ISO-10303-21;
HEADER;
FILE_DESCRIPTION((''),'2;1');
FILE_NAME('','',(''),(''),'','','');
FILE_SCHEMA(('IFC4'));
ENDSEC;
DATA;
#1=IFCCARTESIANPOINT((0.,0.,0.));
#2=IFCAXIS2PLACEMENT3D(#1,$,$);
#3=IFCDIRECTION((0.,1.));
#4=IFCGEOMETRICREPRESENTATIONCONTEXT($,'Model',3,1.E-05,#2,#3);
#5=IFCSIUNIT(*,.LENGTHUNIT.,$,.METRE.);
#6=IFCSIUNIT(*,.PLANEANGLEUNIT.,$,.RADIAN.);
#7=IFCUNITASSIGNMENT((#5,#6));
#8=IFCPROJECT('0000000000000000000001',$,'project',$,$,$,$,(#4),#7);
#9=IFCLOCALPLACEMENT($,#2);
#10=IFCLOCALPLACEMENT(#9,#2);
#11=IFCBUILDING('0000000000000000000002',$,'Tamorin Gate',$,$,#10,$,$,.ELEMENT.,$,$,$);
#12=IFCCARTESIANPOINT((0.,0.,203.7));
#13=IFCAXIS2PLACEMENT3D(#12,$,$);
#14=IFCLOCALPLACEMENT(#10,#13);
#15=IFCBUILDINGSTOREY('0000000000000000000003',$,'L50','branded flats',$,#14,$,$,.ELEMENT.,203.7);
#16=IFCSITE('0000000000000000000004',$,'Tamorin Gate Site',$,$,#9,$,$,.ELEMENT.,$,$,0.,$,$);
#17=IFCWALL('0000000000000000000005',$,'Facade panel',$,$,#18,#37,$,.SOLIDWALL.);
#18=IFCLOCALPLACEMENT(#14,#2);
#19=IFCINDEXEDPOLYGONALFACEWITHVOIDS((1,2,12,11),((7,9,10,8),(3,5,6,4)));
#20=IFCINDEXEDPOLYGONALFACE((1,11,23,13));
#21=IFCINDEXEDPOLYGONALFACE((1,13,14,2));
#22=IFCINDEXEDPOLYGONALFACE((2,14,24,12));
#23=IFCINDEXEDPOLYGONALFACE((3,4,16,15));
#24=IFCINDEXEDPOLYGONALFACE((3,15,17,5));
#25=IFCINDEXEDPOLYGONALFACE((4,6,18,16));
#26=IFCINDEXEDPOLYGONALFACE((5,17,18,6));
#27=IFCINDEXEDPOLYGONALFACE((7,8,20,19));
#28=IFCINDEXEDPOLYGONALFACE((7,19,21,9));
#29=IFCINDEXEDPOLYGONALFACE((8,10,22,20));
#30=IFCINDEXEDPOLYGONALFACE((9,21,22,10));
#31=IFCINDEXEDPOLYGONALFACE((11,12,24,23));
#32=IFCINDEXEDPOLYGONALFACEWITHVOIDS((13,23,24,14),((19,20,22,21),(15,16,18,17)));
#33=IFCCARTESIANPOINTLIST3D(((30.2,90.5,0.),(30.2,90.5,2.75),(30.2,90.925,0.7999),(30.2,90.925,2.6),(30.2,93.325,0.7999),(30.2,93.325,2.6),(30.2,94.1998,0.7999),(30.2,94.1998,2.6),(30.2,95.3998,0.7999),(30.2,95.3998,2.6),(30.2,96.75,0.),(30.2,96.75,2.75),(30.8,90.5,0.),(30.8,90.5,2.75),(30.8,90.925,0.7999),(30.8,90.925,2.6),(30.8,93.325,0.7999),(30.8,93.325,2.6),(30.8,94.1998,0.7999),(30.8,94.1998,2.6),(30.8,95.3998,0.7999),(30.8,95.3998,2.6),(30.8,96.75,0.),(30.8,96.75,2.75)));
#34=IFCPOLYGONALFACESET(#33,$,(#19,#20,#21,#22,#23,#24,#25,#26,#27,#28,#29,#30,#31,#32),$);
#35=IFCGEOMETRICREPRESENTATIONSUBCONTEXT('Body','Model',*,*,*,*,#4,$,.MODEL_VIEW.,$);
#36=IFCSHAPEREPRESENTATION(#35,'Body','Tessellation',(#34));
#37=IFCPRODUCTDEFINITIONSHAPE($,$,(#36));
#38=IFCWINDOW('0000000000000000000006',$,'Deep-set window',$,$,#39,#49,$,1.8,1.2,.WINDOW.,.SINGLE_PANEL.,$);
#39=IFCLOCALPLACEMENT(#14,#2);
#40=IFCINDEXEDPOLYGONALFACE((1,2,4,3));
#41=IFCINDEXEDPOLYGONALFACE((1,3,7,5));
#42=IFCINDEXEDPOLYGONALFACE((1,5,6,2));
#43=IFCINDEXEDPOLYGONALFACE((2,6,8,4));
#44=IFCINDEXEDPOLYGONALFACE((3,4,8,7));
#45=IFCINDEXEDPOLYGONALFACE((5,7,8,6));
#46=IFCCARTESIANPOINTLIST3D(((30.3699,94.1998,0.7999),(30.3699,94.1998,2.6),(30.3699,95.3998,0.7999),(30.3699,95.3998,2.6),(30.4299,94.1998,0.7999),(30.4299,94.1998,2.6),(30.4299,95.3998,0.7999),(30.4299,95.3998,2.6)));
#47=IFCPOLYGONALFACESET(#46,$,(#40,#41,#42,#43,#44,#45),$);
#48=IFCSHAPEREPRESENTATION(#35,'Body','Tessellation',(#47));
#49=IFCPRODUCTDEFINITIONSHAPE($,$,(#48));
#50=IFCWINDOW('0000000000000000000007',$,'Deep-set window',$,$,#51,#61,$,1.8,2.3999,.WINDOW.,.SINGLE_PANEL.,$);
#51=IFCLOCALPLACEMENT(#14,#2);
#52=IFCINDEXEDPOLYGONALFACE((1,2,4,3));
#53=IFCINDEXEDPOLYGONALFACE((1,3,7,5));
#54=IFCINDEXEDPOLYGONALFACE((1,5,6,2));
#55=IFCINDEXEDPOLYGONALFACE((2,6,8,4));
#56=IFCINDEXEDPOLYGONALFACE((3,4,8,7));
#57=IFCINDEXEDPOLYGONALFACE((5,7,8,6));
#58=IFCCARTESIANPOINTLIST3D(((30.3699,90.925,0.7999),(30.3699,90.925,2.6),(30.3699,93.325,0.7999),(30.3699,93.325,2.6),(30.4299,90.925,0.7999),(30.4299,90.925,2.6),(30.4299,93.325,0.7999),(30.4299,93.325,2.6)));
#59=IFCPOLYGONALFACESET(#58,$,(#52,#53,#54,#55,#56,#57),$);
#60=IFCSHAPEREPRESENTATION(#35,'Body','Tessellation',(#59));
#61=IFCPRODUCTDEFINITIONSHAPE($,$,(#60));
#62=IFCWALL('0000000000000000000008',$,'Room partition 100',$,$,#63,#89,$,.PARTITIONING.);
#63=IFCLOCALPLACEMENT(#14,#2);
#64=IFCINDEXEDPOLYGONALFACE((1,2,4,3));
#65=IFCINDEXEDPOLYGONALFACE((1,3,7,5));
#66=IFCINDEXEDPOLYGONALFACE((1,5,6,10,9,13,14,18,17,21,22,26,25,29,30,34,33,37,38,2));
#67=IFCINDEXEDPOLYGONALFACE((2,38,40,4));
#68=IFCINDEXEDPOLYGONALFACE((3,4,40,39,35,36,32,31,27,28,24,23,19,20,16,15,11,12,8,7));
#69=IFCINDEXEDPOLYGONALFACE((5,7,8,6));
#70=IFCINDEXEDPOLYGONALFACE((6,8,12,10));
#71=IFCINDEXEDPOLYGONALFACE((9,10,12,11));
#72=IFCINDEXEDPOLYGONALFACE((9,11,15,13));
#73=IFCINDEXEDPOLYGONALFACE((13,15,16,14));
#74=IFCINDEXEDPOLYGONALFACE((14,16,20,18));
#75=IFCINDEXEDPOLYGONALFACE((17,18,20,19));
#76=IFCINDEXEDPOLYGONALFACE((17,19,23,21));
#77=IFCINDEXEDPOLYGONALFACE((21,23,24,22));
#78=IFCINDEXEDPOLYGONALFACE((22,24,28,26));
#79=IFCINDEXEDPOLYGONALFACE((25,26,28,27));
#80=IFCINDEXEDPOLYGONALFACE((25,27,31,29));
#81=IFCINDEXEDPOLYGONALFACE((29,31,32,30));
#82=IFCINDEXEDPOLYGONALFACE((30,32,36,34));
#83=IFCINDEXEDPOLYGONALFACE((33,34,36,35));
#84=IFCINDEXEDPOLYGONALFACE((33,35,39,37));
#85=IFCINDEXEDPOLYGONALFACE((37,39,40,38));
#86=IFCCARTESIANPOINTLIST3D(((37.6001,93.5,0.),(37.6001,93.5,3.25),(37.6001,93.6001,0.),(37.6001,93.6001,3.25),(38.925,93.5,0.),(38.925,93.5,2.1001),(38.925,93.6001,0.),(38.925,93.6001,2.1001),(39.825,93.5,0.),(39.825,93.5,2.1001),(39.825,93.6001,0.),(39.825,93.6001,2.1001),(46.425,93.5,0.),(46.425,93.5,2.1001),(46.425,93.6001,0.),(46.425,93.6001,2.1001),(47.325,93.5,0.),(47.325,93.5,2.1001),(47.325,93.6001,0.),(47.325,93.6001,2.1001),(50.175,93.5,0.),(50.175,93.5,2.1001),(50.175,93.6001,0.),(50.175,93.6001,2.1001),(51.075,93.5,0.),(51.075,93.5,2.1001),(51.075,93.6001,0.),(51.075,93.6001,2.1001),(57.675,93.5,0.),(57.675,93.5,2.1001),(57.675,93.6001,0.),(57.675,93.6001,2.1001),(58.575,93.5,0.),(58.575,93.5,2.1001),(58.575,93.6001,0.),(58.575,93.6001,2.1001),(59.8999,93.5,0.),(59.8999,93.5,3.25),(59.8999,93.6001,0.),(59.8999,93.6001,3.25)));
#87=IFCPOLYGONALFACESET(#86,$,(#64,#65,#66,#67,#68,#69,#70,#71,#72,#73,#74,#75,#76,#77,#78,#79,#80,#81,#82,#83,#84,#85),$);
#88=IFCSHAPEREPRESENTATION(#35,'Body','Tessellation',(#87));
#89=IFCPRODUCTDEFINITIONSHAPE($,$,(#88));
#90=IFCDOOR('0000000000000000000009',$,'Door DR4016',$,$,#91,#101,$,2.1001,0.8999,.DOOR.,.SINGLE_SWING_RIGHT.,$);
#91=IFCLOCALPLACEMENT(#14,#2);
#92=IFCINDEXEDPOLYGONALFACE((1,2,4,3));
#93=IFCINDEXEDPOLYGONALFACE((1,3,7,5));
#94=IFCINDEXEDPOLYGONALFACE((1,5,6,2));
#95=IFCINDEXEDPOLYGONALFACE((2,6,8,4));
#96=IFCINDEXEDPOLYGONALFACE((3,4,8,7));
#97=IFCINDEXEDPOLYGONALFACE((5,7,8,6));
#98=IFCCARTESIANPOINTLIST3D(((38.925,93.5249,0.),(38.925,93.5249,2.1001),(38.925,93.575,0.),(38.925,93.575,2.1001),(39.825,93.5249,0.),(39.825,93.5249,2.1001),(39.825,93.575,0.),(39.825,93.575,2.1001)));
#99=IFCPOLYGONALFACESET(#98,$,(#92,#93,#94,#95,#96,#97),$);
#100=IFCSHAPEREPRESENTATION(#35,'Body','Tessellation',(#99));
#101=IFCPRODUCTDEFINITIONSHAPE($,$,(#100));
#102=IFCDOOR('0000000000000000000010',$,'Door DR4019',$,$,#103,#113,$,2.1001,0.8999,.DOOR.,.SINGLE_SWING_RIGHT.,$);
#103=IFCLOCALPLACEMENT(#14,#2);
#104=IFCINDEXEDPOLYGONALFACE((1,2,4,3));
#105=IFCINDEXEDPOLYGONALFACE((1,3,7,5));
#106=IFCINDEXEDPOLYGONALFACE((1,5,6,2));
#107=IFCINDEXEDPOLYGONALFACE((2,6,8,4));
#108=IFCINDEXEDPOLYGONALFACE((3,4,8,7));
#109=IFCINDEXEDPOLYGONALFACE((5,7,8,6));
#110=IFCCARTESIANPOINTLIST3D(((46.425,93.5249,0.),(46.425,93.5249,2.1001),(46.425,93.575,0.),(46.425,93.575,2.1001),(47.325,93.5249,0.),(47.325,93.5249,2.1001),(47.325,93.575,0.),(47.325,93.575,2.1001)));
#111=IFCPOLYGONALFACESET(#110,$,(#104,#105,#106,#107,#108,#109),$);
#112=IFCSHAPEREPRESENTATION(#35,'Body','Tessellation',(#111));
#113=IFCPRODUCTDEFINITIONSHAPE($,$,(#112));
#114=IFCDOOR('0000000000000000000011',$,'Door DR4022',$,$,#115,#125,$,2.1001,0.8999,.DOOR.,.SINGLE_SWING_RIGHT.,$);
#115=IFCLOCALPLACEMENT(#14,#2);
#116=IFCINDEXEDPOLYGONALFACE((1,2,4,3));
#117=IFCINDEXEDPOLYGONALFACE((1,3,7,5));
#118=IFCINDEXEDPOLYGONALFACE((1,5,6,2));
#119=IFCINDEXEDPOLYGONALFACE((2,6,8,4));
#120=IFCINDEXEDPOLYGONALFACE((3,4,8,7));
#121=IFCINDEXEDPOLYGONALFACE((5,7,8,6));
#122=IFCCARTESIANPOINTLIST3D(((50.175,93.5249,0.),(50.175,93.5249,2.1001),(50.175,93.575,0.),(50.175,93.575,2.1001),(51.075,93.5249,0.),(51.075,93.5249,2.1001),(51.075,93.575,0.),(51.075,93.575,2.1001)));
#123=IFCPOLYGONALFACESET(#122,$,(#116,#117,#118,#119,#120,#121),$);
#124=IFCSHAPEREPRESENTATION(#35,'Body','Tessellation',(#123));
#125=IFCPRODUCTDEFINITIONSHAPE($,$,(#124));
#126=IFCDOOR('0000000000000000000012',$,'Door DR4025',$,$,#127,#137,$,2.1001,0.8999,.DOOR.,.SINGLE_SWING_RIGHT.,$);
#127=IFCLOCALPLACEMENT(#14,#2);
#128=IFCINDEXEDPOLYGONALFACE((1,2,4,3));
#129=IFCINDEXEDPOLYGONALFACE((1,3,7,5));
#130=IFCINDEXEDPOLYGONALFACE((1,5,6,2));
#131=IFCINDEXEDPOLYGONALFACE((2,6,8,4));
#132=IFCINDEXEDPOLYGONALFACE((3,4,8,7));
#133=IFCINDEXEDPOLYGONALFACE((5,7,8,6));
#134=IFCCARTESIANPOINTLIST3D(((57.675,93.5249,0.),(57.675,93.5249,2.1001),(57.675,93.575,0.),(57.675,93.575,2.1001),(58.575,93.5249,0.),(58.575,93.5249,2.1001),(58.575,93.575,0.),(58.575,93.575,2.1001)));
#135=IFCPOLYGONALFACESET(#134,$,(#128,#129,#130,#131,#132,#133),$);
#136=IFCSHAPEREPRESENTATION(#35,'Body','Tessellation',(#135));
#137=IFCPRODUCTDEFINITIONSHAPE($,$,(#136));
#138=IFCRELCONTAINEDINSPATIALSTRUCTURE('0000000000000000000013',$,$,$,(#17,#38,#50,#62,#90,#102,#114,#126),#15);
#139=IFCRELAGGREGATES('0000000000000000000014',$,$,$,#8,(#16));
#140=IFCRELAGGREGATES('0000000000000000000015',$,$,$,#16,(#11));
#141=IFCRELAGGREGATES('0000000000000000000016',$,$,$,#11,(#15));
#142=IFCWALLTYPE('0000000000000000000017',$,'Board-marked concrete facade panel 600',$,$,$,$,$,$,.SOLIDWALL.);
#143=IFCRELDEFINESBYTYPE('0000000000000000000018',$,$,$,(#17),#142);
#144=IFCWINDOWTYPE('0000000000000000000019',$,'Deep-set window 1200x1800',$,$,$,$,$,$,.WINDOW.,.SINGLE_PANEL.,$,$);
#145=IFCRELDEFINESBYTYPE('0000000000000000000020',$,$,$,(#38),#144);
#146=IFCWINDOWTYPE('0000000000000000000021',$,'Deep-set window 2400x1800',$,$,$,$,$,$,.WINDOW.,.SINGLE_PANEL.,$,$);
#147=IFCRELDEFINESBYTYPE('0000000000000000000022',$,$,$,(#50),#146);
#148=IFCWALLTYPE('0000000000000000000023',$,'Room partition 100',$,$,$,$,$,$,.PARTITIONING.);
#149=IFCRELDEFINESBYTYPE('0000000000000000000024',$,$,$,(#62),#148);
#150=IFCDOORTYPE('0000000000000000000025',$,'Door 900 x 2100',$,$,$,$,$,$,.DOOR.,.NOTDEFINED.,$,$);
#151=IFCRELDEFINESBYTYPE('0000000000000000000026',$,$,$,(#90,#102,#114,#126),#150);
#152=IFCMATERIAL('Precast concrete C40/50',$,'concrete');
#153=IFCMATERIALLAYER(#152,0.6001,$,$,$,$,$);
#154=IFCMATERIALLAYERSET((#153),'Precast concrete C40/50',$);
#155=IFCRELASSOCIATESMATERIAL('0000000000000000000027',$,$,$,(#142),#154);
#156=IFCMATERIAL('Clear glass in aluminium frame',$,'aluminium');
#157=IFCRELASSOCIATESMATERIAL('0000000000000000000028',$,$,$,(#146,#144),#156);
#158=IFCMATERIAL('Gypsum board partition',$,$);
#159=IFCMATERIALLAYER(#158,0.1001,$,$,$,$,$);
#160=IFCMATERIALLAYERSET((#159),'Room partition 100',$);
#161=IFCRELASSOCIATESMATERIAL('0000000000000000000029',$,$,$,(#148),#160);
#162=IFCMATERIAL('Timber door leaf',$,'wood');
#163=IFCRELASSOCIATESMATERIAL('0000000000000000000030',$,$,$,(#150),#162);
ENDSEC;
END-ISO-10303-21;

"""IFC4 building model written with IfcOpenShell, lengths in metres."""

from ifc_helpers import new_model, si_unit, direction, frame, frame_2d, origin, place, context, subcontext, project, spatial, rectangle, extrude, material, layer, layer_set, type_object, element, fill, save


model = new_model("IFC4")

# Units and contexts
model_context = context("Model", 3, precision=1e-05, world=origin(), true_north=direction((0.0, 1.0)))
body_context = subcontext(model_context, "Body", "Model", "MODEL_VIEW")
ifc_project = project(units=[si_unit("LENGTHUNIT", "METRE"), si_unit("PLANEANGLEUNIT", "RADIAN")], contexts=[model_context])

# Site, building, storey
site_placement = place(None, origin())
site = spatial("IfcSite", under=ifc_project, at=site_placement, Name="Tamorin Gate Site", CompositionType="ELEMENT", RefElevation=0.0)
building_placement = place(site_placement, origin())
building = spatial("IfcBuilding", under=site, at=building_placement, Name="Tamorin Gate", CompositionType="ELEMENT")
storey_placement = place(building_placement, frame((0.0, 0.0, 203.7)))
storey = spatial("IfcBuildingStorey", under=building, at=storey_placement, Name="L50", Description="branded flats", CompositionType="ELEMENT", Elevation=203.7)

# Shared definitions
ifc_material_1 = material(Name="Precast concrete C40/50", Category="concrete")
ifc_layer_1 = layer(ifc_material_1, 0.6001)
ifc_layer_set_1 = layer_set([ifc_layer_1], Name="Precast concrete C40/50")
wall_type_1 = type_object("IfcWallType", Name="Board-marked concrete facade panel 600", PredefinedType="SOLIDWALL", material=ifc_layer_set_1)
ifc_material_2 = material(Name="Clear glass in aluminium frame", Category="aluminium")
window_type_1 = type_object("IfcWindowType", Name="Deep-set window 2400x1800", PartitioningType="SINGLE_PANEL", PredefinedType="WINDOW", material=ifc_material_2)

# Wall, openings, windows
wall_1_placement = place(storey_placement, frame((30.5, 96.75, 0.0), z_axis=(0.0, 0.0, 1.0), x_axis=(0.0, -1.0, 0.0)))
wall_1 = element("IfcWall", 1, at=wall_1_placement, inside=storey, type_object=wall_type_1, Name="Facade panel", PredefinedType="SOLIDWALL", context=body_context, shape_type="SweptSolid", body=[
    extrude(rectangle(XDim=6.25, YDim=0.6001, at=frame_2d((3.125, 0.0))), origin(), (0.0, 0.0, 1.0), 2.75),
])
opening_1_placement = place(wall_1_placement, frame((3.425, 0.0, 0.8)))
opening_1 = element("IfcOpeningElement", 2, at=opening_1_placement, cuts=wall_1, PredefinedType="OPENING", context=body_context, shape_type="SweptSolid", body=[
    extrude(rectangle(XDim=2.3999, YDim=1.8, at=frame_2d((1.2, 0.8999))), frame((0.0, 0.3101, 0.0), z_axis=(0.0, -1.0, 0.0), x_axis=(1.0, 0.0, 0.0)), (0.0, 0.0, 1.0), 0.6201),
])
opening_2_placement = place(wall_1_placement, frame((1.3501, 0.0, 0.8)))
opening_2 = element("IfcOpeningElement", 3, at=opening_2_placement, cuts=wall_1, PredefinedType="OPENING", context=body_context, shape_type="SweptSolid", body=[
    extrude(rectangle(XDim=1.2, YDim=1.8, at=frame_2d((0.6001, 0.8999))), frame((0.0, 0.3101, 0.0), z_axis=(0.0, -1.0, 0.0), x_axis=(1.0, 0.0, 0.0)), (0.0, 0.0, 1.0), 0.6201),
])
window_type_2 = type_object("IfcWindowType", Name="Deep-set window 1200x1800", PartitioningType="SINGLE_PANEL", PredefinedType="WINDOW", material=ifc_material_2)
window_1_placement = place(opening_2_placement, origin())
window_1 = element("IfcWindow", 4, at=window_1_placement, inside=storey, type_object=window_type_2, Name="Deep-set window", OverallHeight=1.8, OverallWidth=1.2, PartitioningType="SINGLE_PANEL", PredefinedType="WINDOW", context=body_context, shape_type="SweptSolid", body=[
    extrude(rectangle(XDim=1.2, YDim=1.8, at=frame_2d((0.6001, 0.8999))), frame((0.0, -0.0701, 0.0), z_axis=(0.0, -1.0, 0.0), x_axis=(1.0, 0.0, 0.0)), (0.0, 0.0, 1.0), 0.0601),
])
fill(opening_2, window_1)
window_2_placement = place(opening_1_placement, origin())
window_2 = element("IfcWindow", 5, at=window_2_placement, inside=storey, type_object=window_type_1, Name="Deep-set window", OverallHeight=1.8, OverallWidth=2.3999, PartitioningType="SINGLE_PANEL", PredefinedType="WINDOW", context=body_context, shape_type="SweptSolid", body=[
    extrude(rectangle(XDim=2.3999, YDim=1.8, at=frame_2d((1.2, 0.8999))), frame((0.0, -0.0701, 0.0), z_axis=(0.0, -1.0, 0.0), x_axis=(1.0, 0.0, 0.0)), (0.0, 0.0, 1.0), 0.0601),
])
fill(opening_1, window_2)

# Wall, openings, doors
ifc_material_3 = material(Name="Gypsum board partition")
ifc_layer_2 = layer(ifc_material_3, 0.1001)
ifc_layer_set_2 = layer_set([ifc_layer_2], Name="Room partition 100")
wall_type_2 = type_object("IfcWallType", Name="Room partition 100", PredefinedType="PARTITIONING", material=ifc_layer_set_2)
wall_2_placement = place(storey_placement, frame((37.6001, 93.55, 0.0), z_axis=(0.0, 0.0, 1.0), x_axis=(1.0, 0.0, 0.0)))
wall_2 = element("IfcWall", 6, at=wall_2_placement, inside=storey, type_object=wall_type_2, Name="Room partition 100", PredefinedType="PARTITIONING", context=body_context, shape_type="SweptSolid", body=[
    extrude(rectangle(XDim=22.2998, YDim=0.1001, at=frame_2d((11.1499, 0.0))), origin(), (0.0, 0.0, 1.0), 3.25),
])
opening_3_placement = place(wall_2_placement, frame((1.325, 0.0, 0.0)))
opening_3 = element("IfcOpeningElement", 7, at=opening_3_placement, cuts=wall_2, PredefinedType="OPENING", context=body_context, shape_type="SweptSolid", body=[
    extrude(rectangle(XDim=0.8999, YDim=2.1001, at=frame_2d((0.45, 1.05))), frame((0.0, 0.0601, 0.0), z_axis=(0.0, -1.0, 0.0), x_axis=(1.0, 0.0, 0.0)), (0.0, 0.0, 1.0), 0.1201),
])
opening_4_placement = place(wall_2_placement, frame((8.825, 0.0, 0.0)))
opening_4 = element("IfcOpeningElement", 8, at=opening_4_placement, cuts=wall_2, PredefinedType="OPENING", context=body_context, shape_type="SweptSolid", body=[
    extrude(rectangle(XDim=0.8999, YDim=2.1001, at=frame_2d((0.45, 1.05))), frame((0.0, 0.0601, 0.0), z_axis=(0.0, -1.0, 0.0), x_axis=(1.0, 0.0, 0.0)), (0.0, 0.0, 1.0), 0.1201),
])
opening_5_placement = place(wall_2_placement, frame((12.575, 0.0, 0.0)))
opening_5 = element("IfcOpeningElement", 9, at=opening_5_placement, cuts=wall_2, PredefinedType="OPENING", context=body_context, shape_type="SweptSolid", body=[
    extrude(rectangle(XDim=0.8999, YDim=2.1001, at=frame_2d((0.45, 1.05))), frame((0.0, 0.0601, 0.0), z_axis=(0.0, -1.0, 0.0), x_axis=(1.0, 0.0, 0.0)), (0.0, 0.0, 1.0), 0.1201),
])
opening_6_placement = place(wall_2_placement, frame((20.075, 0.0, 0.0)))
opening_6 = element("IfcOpeningElement", 10, at=opening_6_placement, cuts=wall_2, PredefinedType="OPENING", context=body_context, shape_type="SweptSolid", body=[
    extrude(rectangle(XDim=0.8999, YDim=2.1001, at=frame_2d((0.45, 1.05))), frame((0.0, 0.0601, 0.0), z_axis=(0.0, -1.0, 0.0), x_axis=(1.0, 0.0, 0.0)), (0.0, 0.0, 1.0), 0.1201),
])
ifc_material_4 = material(Name="Timber door leaf", Category="wood")
door_type = type_object("IfcDoorType", Name="Door 900 x 2100", OperationType="NOTDEFINED", PredefinedType="DOOR", material=ifc_material_4)
door_1_placement = place(opening_3_placement, origin())
door_1 = element("IfcDoor", 11, at=door_1_placement, inside=storey, type_object=door_type, Name="Door DR4016", OperationType="SINGLE_SWING_RIGHT", OverallHeight=2.1001, OverallWidth=0.8999, PredefinedType="DOOR", context=body_context, shape_type="SweptSolid", body=[
    extrude(rectangle(XDim=0.8999, YDim=2.1001, at=frame_2d((0.45, 1.05))), frame((0.0, 0.0249, 0.0), z_axis=(0.0, -1.0, 0.0), x_axis=(1.0, 0.0, 0.0)), (0.0, 0.0, 1.0), 0.05),
])
fill(opening_3, door_1)
door_2_placement = place(opening_4_placement, origin())
door_2 = element("IfcDoor", 12, at=door_2_placement, inside=storey, type_object=door_type, Name="Door DR4019", OperationType="SINGLE_SWING_RIGHT", OverallHeight=2.1001, OverallWidth=0.8999, PredefinedType="DOOR", context=body_context, shape_type="SweptSolid", body=[
    extrude(rectangle(XDim=0.8999, YDim=2.1001, at=frame_2d((0.45, 1.05))), frame((0.0, 0.0249, 0.0), z_axis=(0.0, -1.0, 0.0), x_axis=(1.0, 0.0, 0.0)), (0.0, 0.0, 1.0), 0.05),
])
fill(opening_4, door_2)
door_3_placement = place(opening_5_placement, origin())
door_3 = element("IfcDoor", 13, at=door_3_placement, inside=storey, type_object=door_type, Name="Door DR4022", OperationType="SINGLE_SWING_RIGHT", OverallHeight=2.1001, OverallWidth=0.8999, PredefinedType="DOOR", context=body_context, shape_type="SweptSolid", body=[
    extrude(rectangle(XDim=0.8999, YDim=2.1001, at=frame_2d((0.45, 1.05))), frame((0.0, 0.0249, 0.0), z_axis=(0.0, -1.0, 0.0), x_axis=(1.0, 0.0, 0.0)), (0.0, 0.0, 1.0), 0.05),
])
fill(opening_5, door_3)
door_4_placement = place(opening_6_placement, origin())
door_4 = element("IfcDoor", 14, at=door_4_placement, inside=storey, type_object=door_type, Name="Door DR4025", OperationType="SINGLE_SWING_RIGHT", OverallHeight=2.1001, OverallWidth=0.8999, PredefinedType="DOOR", context=body_context, shape_type="SweptSolid", body=[
    extrude(rectangle(XDim=0.8999, YDim=2.1001, at=frame_2d((0.45, 1.05))), frame((0.0, 0.0249, 0.0), z_axis=(0.0, -1.0, 0.0), x_axis=(1.0, 0.0, 0.0)), (0.0, 0.0, 1.0), 0.05),
])
fill(opening_6, door_4)

save(model, "model.ifc")
